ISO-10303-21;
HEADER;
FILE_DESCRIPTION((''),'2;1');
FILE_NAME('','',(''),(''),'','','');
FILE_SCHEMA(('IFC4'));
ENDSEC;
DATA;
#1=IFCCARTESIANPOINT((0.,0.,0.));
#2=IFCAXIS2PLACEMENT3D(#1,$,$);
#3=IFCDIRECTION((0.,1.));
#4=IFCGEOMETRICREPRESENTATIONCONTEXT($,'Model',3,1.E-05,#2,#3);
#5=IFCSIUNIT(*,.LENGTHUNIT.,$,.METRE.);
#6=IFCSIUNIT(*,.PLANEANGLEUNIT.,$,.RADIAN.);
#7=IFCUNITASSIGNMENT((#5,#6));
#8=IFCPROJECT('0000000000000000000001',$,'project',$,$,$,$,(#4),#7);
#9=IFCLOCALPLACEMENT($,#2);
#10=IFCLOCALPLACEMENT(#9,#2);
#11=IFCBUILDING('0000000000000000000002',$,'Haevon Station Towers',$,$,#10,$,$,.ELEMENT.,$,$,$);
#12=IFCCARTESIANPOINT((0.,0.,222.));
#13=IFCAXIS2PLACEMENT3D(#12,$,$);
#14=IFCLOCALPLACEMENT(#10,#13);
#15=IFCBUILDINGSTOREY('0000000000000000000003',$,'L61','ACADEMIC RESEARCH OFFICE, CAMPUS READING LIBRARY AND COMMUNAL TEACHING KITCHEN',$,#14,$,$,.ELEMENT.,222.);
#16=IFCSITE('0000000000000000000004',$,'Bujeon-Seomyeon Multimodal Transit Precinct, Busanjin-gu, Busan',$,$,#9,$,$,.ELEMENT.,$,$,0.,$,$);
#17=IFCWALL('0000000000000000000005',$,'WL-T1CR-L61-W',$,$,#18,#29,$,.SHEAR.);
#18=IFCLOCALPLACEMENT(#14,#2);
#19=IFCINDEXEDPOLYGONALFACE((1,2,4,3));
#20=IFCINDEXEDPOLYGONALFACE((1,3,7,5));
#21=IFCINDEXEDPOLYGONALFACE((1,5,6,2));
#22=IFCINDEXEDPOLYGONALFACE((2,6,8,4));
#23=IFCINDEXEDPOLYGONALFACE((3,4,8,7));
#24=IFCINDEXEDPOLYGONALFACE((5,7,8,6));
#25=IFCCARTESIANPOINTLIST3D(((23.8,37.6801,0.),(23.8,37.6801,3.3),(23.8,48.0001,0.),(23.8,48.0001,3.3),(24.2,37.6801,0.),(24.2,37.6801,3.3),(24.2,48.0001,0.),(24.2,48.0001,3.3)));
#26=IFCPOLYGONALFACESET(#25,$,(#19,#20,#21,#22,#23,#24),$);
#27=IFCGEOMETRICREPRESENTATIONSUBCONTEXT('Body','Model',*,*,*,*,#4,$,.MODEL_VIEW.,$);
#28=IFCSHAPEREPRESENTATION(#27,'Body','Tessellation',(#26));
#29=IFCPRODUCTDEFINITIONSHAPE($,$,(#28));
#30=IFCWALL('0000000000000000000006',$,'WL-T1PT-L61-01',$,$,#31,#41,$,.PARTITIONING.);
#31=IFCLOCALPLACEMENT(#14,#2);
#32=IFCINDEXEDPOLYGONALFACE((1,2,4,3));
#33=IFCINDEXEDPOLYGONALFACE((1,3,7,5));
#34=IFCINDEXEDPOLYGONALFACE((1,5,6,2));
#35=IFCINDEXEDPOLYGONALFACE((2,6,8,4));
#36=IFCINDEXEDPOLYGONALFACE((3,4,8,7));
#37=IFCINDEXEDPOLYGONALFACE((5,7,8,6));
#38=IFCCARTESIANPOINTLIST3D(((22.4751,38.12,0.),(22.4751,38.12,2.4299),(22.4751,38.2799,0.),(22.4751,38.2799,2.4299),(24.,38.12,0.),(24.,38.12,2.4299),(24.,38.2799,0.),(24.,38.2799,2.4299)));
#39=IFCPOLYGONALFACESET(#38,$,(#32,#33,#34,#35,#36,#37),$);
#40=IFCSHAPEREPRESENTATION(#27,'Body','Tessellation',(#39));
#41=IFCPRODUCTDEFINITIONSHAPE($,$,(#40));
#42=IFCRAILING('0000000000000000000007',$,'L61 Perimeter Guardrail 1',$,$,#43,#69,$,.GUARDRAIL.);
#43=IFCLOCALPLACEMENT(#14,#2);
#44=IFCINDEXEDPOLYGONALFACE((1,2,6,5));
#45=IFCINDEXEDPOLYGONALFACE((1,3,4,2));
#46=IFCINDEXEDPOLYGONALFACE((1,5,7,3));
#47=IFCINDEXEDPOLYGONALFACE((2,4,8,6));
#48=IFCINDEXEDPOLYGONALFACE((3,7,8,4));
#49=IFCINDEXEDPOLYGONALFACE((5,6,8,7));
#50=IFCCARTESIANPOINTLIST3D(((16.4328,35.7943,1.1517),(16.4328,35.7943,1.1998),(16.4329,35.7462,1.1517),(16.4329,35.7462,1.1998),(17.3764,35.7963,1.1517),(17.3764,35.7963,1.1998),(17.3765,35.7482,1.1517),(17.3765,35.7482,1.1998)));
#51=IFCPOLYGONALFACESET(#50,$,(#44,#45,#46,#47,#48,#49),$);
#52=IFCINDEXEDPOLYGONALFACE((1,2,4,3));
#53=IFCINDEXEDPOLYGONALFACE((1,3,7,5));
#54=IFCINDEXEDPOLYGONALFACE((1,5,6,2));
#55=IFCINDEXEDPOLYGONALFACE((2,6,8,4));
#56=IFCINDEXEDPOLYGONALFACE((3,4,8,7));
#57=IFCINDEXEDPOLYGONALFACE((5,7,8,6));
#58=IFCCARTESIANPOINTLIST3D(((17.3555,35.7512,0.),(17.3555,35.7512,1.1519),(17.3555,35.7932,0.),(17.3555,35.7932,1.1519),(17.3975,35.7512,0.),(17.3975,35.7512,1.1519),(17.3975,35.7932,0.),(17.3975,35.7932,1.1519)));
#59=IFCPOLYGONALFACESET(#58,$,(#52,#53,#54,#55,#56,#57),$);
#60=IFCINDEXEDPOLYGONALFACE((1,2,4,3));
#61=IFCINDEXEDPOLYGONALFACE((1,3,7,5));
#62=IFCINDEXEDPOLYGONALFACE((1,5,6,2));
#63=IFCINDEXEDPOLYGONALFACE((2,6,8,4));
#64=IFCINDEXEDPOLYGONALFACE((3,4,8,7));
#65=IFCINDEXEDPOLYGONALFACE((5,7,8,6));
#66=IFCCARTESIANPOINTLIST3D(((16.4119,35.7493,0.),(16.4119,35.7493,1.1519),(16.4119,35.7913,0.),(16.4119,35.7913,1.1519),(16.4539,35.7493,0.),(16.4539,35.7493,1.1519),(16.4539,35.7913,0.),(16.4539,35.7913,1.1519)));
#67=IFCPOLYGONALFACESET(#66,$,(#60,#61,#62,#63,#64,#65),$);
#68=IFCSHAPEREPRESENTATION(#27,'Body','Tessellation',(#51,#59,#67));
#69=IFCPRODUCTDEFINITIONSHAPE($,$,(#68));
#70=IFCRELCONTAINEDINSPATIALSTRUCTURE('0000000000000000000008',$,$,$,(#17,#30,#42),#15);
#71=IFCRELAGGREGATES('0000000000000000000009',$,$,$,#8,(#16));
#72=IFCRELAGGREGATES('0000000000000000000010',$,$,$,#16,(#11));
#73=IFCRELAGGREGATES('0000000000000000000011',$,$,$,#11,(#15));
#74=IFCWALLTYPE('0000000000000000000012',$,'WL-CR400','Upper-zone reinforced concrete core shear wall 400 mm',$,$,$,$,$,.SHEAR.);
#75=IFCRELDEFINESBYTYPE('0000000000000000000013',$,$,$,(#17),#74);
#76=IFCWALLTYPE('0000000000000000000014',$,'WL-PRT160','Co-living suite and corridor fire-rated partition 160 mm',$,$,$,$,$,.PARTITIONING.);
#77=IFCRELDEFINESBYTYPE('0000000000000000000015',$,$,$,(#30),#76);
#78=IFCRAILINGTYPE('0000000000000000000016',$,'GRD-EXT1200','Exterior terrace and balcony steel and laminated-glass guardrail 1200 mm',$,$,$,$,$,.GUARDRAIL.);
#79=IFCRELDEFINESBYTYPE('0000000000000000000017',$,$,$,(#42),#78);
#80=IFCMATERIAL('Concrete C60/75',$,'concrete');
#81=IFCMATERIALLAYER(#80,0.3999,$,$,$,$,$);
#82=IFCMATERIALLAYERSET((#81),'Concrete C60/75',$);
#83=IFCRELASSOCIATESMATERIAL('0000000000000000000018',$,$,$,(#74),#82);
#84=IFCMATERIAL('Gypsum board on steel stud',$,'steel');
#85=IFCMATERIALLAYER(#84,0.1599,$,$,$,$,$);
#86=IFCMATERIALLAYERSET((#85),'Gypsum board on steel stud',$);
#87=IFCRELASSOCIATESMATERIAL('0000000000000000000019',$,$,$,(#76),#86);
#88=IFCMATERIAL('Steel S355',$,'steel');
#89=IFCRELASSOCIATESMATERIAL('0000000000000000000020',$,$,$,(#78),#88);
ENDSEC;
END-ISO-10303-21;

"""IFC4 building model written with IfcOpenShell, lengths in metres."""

from ifc_helpers import new_model, si_unit, direction, frame, frame_2d, origin, origin_2d, place, context, subcontext, project, spatial, rectangle, extrude, material, layer, layer_set, type_object, element, save


model = new_model("IFC4")

# Units and contexts
model_context = context("Model", 3, precision=1e-05, world=origin(), true_north=direction((0.0, 1.0)))
body_context = subcontext(model_context, "Body", "Model", "MODEL_VIEW")
ifc_project = project(units=[si_unit("LENGTHUNIT", "METRE"), si_unit("PLANEANGLEUNIT", "RADIAN")], contexts=[model_context])

# Site, building, storey
site_placement = place(None, origin())
site = spatial("IfcSite", under=ifc_project, at=site_placement, Name="Bujeon-Seomyeon Multimodal Transit Precinct, Busanjin-gu, Busan", CompositionType="ELEMENT", RefElevation=0.0)
building_placement = place(site_placement, origin())
building = spatial("IfcBuilding", under=site, at=building_placement, Name="Haevon Station Towers", CompositionType="ELEMENT")
storey_placement = place(building_placement, frame((0.0, 0.0, 222.0)))
storey = spatial("IfcBuildingStorey", under=building, at=storey_placement, Name="L61", Description="ACADEMIC RESEARCH OFFICE, CAMPUS READING LIBRARY AND COMMUNAL TEACHING KITCHEN", CompositionType="ELEMENT", Elevation=222.0)

# Shared definitions
ifc_material_1 = material(Name="Steel S355", Category="steel")

# Shared definitions
ifc_material_2 = material(Name="Gypsum board on steel stud", Category="steel")

# Walls
ifc_material_3 = material(Name="Concrete C60/75", Category="concrete")
ifc_layer_1 = layer(ifc_material_3, 0.3999)
ifc_layer_set_1 = layer_set([ifc_layer_1], Name="Concrete C60/75")
wall_type_1 = type_object("IfcWallType", Name="WL-CR400", Description="Upper-zone reinforced concrete core shear wall 400 mm", PredefinedType="SHEAR", material=ifc_layer_set_1)
wall_1_placement = place(storey_placement, frame((24.0, 37.6799, 0.0), z_axis=(0.0, 0.0, 1.0), x_axis=(0.0, 1.0, 0.0)))
element("IfcWall", 1, at=wall_1_placement, inside=storey, type_object=wall_type_1, Name="WL-T1CR-L61-W", PredefinedType="SHEAR", context=body_context, shape_type="SweptSolid", body=[
    extrude(rectangle(XDim=10.3201, YDim=0.3999, at=frame_2d((5.1602, 0.0))), origin(), (0.0, 0.0, 1.0), 3.3),
])
ifc_layer_2 = layer(ifc_material_2, 0.1599)
ifc_layer_set_2 = layer_set([ifc_layer_2], Name="Gypsum board on steel stud")
wall_type_2 = type_object("IfcWallType", Name="WL-PRT160", Description="Co-living suite and corridor fire-rated partition 160 mm", PredefinedType="PARTITIONING", material=ifc_layer_set_2)
wall_2_placement = place(storey_placement, frame((22.4751, 38.2, 0.0), z_axis=(0.0, 0.0, 1.0), x_axis=(1.0, 0.0, 0.0)))
element("IfcWall", 2, at=wall_2_placement, inside=storey, type_object=wall_type_2, Name="WL-T1PT-L61-01", PredefinedType="PARTITIONING", context=body_context, shape_type="SweptSolid", body=[
    extrude(rectangle(XDim=1.5249, YDim=0.1599, at=frame_2d((0.7625, 0.0))), origin(), (0.0, 0.0, 1.0), 2.4299),
])

# Railing
railing_type = type_object("IfcRailingType", Name="GRD-EXT1200", Description="Exterior terrace and balcony steel and laminated-glass guardrail 1200 mm", PredefinedType="GUARDRAIL", material=ifc_material_1)
railing_placement = place(storey_placement, frame((17.3765, 35.7722, 0.0)))
element("IfcRailing", 3, at=railing_placement, inside=storey, type_object=railing_type, Name="L61 Perimeter Guardrail 1", PredefinedType="GUARDRAIL", context=body_context, shape_type="SweptSolid", body=[
    extrude(rectangle(XDim=0.0481, YDim=0.0481, at=origin_2d()), frame((0.0, 0.0, 1.1758), z_axis=(-0.999998, -0.00207, 0.0), x_axis=(0.00207, -0.999998, 0.0)), (0.0, 0.0, 1.0), 0.9436),
    extrude(rectangle(XDim=0.042, YDim=0.042, at=origin_2d()), origin(), (0.0, 0.0, 1.0), 1.1519),
    extrude(rectangle(XDim=0.042, YDim=0.042, at=origin_2d()), frame((-0.9436, -0.002, 0.0)), (0.0, 0.0, 1.0), 1.1519),
])

save(model, "model.ifc")
